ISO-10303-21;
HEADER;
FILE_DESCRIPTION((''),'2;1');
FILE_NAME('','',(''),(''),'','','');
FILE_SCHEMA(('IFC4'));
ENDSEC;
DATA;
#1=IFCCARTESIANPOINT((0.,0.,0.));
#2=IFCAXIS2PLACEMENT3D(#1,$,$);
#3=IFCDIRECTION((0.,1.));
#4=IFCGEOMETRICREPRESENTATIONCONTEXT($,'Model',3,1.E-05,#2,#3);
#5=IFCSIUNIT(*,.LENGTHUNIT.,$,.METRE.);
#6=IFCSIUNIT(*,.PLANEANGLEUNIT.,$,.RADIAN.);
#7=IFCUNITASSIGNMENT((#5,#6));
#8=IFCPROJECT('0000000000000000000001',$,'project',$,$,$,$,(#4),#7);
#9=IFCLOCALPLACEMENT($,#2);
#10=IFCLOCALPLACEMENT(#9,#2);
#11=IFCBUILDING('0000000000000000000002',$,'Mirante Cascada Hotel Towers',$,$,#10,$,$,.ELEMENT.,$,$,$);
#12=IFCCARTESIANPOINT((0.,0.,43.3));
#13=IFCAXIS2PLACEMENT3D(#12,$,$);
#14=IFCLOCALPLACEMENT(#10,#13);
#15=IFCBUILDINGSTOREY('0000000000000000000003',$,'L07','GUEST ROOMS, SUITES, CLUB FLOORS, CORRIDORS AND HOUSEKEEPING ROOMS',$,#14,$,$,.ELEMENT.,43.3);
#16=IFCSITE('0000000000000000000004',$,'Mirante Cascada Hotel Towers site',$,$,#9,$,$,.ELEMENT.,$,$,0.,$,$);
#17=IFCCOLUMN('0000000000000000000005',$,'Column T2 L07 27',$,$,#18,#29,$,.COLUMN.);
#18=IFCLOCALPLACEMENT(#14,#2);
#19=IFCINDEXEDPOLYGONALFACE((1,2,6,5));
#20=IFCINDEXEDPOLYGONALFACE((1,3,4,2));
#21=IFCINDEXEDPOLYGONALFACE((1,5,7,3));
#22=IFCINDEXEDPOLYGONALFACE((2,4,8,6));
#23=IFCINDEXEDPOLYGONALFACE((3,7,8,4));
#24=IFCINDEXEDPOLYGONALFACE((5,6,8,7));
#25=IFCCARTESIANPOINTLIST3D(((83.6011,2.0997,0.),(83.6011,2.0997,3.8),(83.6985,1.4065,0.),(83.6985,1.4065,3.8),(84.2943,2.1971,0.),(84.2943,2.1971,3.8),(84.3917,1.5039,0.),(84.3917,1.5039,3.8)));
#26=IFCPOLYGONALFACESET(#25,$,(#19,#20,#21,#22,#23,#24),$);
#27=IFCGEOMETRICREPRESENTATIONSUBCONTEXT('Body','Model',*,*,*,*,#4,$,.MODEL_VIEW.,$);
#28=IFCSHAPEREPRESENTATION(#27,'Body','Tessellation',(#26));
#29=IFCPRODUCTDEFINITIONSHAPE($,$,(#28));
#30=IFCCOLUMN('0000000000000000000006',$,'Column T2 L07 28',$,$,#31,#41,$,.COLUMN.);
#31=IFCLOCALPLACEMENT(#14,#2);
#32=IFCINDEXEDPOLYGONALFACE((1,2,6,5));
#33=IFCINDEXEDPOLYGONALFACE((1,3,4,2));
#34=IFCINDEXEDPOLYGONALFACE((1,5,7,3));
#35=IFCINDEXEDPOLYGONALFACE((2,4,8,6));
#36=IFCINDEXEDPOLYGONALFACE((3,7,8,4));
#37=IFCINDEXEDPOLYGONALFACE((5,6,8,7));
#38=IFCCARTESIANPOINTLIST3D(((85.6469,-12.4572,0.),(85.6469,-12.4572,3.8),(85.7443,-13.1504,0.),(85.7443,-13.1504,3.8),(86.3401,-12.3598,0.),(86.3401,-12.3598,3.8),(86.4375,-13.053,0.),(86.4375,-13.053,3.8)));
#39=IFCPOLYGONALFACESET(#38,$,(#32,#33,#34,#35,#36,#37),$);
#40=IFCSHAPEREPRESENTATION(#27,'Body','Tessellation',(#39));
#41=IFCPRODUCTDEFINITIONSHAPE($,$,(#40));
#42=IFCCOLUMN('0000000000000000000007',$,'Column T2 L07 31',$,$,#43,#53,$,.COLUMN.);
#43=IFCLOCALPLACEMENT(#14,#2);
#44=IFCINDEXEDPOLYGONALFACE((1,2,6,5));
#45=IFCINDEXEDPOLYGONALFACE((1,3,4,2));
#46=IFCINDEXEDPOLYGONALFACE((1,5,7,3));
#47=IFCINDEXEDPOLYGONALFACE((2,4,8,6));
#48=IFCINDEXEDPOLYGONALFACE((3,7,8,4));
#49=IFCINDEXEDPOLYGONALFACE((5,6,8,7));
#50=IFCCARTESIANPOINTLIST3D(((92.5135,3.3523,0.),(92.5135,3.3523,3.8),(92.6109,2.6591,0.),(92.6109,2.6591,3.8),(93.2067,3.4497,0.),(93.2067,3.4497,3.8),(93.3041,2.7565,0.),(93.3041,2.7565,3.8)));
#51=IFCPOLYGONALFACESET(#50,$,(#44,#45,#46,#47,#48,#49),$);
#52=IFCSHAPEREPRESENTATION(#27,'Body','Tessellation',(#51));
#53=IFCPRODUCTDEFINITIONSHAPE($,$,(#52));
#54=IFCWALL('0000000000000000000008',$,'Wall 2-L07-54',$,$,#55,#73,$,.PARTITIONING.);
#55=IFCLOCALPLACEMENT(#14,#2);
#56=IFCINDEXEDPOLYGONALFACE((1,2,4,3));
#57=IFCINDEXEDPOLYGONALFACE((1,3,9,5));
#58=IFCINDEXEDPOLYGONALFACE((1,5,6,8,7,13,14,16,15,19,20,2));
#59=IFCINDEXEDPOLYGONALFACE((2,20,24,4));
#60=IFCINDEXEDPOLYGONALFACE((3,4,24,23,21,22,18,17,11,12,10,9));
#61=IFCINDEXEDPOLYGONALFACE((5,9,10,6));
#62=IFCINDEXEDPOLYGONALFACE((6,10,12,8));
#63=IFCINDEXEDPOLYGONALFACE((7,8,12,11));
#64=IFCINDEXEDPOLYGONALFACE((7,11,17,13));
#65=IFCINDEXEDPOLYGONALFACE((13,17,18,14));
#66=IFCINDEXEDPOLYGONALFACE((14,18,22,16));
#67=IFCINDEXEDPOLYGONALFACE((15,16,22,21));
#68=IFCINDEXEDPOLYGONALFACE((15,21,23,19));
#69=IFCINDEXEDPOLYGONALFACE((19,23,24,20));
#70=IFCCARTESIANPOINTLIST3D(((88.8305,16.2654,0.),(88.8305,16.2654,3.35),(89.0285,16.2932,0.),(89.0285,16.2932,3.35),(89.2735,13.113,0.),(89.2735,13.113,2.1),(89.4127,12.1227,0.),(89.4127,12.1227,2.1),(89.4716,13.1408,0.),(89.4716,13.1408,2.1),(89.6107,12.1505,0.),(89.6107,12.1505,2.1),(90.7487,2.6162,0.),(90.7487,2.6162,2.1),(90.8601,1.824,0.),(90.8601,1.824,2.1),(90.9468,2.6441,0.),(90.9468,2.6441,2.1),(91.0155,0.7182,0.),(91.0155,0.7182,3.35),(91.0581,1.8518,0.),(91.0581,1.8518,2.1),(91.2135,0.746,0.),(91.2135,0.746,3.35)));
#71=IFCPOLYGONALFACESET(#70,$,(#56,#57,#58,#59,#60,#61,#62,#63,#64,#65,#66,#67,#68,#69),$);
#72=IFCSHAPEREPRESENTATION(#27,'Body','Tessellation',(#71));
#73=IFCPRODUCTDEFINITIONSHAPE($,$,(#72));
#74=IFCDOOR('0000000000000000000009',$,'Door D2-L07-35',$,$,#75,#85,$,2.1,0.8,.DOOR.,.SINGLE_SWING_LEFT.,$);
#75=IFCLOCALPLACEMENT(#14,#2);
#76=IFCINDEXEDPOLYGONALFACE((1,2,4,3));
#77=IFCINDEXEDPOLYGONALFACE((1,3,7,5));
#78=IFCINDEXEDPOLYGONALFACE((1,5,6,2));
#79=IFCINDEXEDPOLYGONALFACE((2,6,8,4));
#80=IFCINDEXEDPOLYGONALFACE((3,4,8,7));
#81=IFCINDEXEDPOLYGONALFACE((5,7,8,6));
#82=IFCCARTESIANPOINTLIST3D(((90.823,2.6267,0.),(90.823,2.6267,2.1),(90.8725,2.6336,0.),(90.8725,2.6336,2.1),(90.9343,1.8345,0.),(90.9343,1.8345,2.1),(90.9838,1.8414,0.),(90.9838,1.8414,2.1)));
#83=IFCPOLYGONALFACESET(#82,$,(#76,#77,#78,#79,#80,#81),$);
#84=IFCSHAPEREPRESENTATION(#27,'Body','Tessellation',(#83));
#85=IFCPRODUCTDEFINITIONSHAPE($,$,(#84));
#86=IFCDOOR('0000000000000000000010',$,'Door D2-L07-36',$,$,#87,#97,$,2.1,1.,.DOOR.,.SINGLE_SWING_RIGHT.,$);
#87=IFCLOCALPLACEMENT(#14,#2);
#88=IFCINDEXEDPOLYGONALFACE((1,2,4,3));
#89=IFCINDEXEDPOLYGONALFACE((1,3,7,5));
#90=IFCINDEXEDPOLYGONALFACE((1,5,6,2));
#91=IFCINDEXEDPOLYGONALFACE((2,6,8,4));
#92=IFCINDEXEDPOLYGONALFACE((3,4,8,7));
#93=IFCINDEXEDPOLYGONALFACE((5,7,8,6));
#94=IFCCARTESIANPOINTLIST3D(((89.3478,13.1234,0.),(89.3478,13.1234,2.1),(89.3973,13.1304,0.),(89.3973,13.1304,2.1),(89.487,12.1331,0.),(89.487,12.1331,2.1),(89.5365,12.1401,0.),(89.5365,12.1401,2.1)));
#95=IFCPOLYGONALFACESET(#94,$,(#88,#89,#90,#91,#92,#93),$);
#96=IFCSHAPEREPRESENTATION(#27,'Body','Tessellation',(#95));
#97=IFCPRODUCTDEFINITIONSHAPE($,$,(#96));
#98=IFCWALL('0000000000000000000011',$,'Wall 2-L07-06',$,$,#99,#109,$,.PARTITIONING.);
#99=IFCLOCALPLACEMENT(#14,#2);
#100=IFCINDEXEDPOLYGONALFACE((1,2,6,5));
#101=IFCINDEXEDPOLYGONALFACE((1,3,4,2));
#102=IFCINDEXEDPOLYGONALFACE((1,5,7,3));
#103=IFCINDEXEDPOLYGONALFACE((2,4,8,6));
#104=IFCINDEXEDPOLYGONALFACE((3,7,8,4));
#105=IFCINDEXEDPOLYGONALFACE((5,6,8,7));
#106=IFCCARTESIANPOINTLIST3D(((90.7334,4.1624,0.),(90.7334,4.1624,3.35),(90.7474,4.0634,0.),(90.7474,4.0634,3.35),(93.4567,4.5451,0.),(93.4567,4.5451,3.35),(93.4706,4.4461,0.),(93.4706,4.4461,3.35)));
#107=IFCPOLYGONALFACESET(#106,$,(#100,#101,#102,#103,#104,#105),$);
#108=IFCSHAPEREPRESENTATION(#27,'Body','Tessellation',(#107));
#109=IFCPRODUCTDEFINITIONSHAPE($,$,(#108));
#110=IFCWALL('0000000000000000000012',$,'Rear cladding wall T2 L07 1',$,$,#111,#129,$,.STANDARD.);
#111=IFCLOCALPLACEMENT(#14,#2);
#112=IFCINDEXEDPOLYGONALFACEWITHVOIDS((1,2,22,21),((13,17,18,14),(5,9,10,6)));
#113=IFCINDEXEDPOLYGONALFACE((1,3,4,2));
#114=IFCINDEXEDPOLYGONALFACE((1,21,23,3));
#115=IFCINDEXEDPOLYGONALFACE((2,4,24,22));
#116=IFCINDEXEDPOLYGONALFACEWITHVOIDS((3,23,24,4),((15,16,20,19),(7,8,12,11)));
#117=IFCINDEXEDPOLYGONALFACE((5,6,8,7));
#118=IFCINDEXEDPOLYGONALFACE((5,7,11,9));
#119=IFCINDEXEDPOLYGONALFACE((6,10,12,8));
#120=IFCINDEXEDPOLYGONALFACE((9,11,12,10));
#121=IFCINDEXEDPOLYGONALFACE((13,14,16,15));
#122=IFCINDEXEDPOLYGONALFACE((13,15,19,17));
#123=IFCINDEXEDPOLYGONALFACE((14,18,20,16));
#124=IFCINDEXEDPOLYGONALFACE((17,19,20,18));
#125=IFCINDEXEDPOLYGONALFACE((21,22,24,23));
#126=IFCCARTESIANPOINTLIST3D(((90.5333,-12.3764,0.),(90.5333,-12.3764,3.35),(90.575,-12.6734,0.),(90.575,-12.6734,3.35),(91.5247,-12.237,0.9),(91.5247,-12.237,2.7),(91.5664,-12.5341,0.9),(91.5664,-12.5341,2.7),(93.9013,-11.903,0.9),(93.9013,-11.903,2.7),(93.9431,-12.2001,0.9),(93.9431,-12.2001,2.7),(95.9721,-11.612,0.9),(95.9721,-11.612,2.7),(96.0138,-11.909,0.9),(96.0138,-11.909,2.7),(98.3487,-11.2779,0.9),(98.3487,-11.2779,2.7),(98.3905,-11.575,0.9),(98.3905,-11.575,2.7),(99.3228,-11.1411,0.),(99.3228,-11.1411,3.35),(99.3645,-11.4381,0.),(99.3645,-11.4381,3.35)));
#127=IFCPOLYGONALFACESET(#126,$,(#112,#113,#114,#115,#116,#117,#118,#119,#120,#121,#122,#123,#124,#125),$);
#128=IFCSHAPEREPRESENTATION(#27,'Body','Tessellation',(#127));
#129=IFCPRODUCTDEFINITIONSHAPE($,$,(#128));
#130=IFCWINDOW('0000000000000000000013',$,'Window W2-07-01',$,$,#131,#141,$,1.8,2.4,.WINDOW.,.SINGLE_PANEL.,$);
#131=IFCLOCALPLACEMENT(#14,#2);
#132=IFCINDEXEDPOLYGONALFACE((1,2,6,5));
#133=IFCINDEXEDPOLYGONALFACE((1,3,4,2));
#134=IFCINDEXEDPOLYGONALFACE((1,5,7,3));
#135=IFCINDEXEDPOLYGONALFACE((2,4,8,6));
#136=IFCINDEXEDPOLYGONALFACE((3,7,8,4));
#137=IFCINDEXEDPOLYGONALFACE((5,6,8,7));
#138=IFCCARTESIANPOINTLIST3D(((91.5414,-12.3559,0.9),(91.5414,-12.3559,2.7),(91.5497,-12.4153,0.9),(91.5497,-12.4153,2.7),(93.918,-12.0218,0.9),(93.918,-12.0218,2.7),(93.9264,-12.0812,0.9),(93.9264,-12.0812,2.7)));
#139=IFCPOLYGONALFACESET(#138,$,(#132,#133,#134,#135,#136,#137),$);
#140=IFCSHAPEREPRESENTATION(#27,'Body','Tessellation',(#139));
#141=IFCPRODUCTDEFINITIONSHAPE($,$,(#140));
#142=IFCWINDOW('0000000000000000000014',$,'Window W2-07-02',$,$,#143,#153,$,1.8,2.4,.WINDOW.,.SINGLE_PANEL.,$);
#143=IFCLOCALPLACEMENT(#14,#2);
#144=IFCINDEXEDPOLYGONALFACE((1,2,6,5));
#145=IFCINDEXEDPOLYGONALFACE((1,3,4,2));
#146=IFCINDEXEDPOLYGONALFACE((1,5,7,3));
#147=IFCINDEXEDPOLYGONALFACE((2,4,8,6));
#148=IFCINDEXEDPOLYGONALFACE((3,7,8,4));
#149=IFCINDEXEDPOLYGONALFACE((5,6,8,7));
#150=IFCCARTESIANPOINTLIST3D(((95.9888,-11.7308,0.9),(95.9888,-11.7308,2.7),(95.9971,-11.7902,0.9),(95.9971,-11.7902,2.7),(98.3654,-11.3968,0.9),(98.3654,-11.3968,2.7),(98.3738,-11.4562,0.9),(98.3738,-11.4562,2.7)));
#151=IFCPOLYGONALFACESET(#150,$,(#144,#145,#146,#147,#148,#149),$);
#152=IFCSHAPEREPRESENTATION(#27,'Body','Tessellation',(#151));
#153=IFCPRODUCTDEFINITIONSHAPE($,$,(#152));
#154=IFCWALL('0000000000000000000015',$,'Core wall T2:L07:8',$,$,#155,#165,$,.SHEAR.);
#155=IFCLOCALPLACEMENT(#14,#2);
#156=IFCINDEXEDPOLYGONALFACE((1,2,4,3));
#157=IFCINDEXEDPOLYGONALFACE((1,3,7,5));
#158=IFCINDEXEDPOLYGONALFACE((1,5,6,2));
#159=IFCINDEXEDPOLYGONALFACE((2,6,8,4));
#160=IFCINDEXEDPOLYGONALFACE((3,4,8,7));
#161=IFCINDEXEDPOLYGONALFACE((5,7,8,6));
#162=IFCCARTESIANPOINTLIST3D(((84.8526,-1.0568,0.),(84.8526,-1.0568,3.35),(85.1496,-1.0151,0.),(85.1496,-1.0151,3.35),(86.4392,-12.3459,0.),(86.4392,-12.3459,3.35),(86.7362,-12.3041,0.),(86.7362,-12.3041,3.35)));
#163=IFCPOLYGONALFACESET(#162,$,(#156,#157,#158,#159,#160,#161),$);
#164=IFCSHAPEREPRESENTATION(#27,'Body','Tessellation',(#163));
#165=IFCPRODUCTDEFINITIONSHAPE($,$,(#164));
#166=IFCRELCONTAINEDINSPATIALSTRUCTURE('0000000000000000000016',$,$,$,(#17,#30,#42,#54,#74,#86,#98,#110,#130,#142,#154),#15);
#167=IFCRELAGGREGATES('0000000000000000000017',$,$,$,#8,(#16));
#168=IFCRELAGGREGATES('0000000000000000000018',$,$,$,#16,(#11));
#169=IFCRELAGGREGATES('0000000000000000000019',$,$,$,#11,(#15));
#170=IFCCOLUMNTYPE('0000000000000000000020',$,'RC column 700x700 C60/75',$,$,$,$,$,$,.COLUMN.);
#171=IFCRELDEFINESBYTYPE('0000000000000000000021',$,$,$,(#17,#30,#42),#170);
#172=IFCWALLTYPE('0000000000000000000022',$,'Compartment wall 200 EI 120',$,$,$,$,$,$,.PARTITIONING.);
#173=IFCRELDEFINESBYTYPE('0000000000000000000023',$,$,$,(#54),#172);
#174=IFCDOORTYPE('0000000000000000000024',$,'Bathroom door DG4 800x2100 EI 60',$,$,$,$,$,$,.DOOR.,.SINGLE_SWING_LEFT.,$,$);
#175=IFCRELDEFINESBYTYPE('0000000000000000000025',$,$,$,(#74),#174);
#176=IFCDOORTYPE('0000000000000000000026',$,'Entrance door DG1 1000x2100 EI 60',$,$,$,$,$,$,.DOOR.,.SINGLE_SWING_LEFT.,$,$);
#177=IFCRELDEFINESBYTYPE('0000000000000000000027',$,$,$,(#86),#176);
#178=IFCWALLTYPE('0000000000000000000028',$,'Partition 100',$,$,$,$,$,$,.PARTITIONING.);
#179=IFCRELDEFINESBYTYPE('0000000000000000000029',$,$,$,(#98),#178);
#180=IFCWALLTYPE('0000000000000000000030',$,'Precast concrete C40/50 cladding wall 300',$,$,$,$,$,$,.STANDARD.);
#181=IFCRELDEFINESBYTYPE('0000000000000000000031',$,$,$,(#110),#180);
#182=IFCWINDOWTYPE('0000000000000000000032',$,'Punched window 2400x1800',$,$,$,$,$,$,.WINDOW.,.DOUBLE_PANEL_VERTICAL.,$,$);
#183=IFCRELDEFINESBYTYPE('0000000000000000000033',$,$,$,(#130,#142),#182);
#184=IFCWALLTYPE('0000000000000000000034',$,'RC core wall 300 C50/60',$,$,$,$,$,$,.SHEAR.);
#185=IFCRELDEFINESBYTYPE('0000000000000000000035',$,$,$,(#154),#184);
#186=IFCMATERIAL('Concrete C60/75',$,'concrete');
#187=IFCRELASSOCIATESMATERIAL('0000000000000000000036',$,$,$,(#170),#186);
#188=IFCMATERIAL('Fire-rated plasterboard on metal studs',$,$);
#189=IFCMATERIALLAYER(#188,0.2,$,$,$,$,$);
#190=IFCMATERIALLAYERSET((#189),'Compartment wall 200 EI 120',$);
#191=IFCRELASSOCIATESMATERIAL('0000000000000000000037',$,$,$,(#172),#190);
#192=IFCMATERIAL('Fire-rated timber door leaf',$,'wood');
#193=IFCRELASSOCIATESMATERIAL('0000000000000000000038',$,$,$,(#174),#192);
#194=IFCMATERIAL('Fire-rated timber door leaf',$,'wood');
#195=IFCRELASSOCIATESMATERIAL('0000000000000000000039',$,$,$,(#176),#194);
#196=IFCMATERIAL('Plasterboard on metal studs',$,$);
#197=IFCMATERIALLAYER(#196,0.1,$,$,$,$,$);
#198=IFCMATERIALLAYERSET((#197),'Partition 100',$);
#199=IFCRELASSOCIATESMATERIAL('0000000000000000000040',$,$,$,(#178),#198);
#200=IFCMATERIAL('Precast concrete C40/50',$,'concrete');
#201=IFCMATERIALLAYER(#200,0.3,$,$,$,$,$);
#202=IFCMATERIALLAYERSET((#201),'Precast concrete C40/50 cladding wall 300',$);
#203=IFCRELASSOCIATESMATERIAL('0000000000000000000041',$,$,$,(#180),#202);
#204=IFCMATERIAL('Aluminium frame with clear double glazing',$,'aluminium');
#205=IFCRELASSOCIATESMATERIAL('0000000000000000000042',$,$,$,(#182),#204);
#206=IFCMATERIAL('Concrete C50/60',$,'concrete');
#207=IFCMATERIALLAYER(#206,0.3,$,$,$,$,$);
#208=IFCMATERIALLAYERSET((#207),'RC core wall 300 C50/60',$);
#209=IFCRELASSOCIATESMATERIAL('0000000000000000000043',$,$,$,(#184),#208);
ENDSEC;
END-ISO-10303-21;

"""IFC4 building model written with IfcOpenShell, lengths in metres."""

from ifc_helpers import new_model, si_unit, direction, frame, frame_2d, origin, origin_2d, place, context, subcontext, project, spatial, rectangle, extrude, material, layer, layer_set, material_profile, profile_set, type_object, element, fill, save


model = new_model("IFC4")

# Units and contexts
model_context = context("Model", 3, precision=1e-05, world=origin(), true_north=direction((0.0, 1.0)))
body_context = subcontext(model_context, "Body", "Model", "MODEL_VIEW")
ifc_project = project(units=[si_unit("LENGTHUNIT", "METRE"), si_unit("PLANEANGLEUNIT", "RADIAN")], contexts=[model_context])

# Site, building, storey
site_placement = place(None, origin())
site = spatial("IfcSite", under=ifc_project, at=site_placement, Name="Mirante Cascada Hotel Towers site", CompositionType="ELEMENT", RefElevation=0.0)
building_placement = place(site_placement, origin())
building = spatial("IfcBuilding", under=site, at=building_placement, Name="Mirante Cascada Hotel Towers", CompositionType="ELEMENT")
storey_placement = place(building_placement, frame((0.0, 0.0, 43.3)))
storey = spatial("IfcBuildingStorey", under=building, at=storey_placement, Name="L07", Description="GUEST ROOMS, SUITES, CLUB FLOORS, CORRIDORS AND HOUSEKEEPING ROOMS", CompositionType="ELEMENT", Elevation=43.3)

# Columns
ifc_material_1 = material(Name="Concrete C60/75", Category="concrete")
ifc_material_profile = material_profile(ifc_material_1, rectangle(XDim=0.7, YDim=0.7, at=origin_2d()), Name="RC column 700x700 C60/75")
ifc_profile_set = profile_set([ifc_material_profile], Name="Concrete C60/75")
column_type = type_object("IfcColumnType", Name="RC column 700x700 C60/75", PredefinedType="COLUMN", material=ifc_profile_set)
for number, where, z_axis, x_axis, name in (
    (1, (83.9964, 1.8018, 0.0), (0.0, 0.0, 1.0), (0.990268, 0.139173, 0.0), "Column T2 L07 27"),
    (2, (86.0422, -12.7551, 0.0), (0.0, 0.0, 1.0), (0.990268, 0.139173, 0.0), "Column T2 L07 28"),
    (3, (92.9088, 3.0544, 0.0), (0.0, 0.0, 1.0), (0.990268, 0.139173, 0.0), "Column T2 L07 31"),
):
    element("IfcColumn", number, at=place(storey_placement, frame(where, z_axis=z_axis, x_axis=x_axis)), inside=storey, type_object=column_type, Name=name, PredefinedType="COLUMN", context=body_context, shape_type="SweptSolid", body=[
        extrude(rectangle(XDim=0.7, YDim=0.7, at=origin_2d()), origin(), (0.0, 0.0, 1.0), 3.8),
    ])

# Wall, openings, doors
ifc_material_2 = material(Name="Fire-rated plasterboard on metal studs")
ifc_layer_1 = layer(ifc_material_2, 0.2)
ifc_layer_set_1 = layer_set([ifc_layer_1], Name="Compartment wall 200 EI 120")
wall_type_1 = type_object("IfcWallType", Name="Compartment wall 200 EI 120", PredefinedType="PARTITIONING", material=ifc_layer_set_1)
wall_1_placement = place(storey_placement, frame((91.1145, 0.7321, 0.0), z_axis=(0.0, 0.0, 1.0), x_axis=(-0.139172, 0.990268, 0.0)))
wall_1 = element("IfcWall", 4, at=wall_1_placement, inside=storey, type_object=wall_type_1, Name="Wall 2-L07-54", PredefinedType="PARTITIONING", context=body_context, shape_type="SweptSolid", body=[
    extrude(rectangle(XDim=15.7, YDim=0.2, at=frame_2d((7.85, 0.0))), origin(), (0.0, 0.0, 1.0), 3.35),
])
opening_1_placement = place(wall_1_placement, frame((1.1167, 0.0, 0.0)))
opening_1 = element("IfcOpeningElement", 5, at=opening_1_placement, cuts=wall_1, PredefinedType="OPENING", context=body_context, shape_type="SweptSolid", body=[
    extrude(rectangle(XDim=0.8, YDim=2.1, at=frame_2d((0.4, 1.05))), frame((0.0, 0.1, 0.0), z_axis=(0.0, -1.0, 0.0), x_axis=(1.0, 0.0, 0.0)), (0.0, 0.0, 1.0), 0.2),
])
opening_2_placement = place(wall_1_placement, frame((11.5166, 0.0, 0.0)))
opening_2 = element("IfcOpeningElement", 6, at=opening_2_placement, cuts=wall_1, PredefinedType="OPENING", context=body_context, shape_type="SweptSolid", body=[
    extrude(rectangle(XDim=1.0, YDim=2.1, at=frame_2d((0.5, 1.05))), frame((0.0, 0.1, 0.0), z_axis=(0.0, -1.0, 0.0), x_axis=(1.0, 0.0, 0.0)), (0.0, 0.0, 1.0), 0.2),
])
ifc_material_3 = material(Name="Fire-rated timber door leaf", Category="wood")
door_type_1 = type_object("IfcDoorType", Name="Bathroom door DG4 800x2100 EI 60", OperationType="SINGLE_SWING_LEFT", PredefinedType="DOOR", material=ifc_material_3)
door_1_placement = place(opening_1_placement, origin())
door_1 = element("IfcDoor", 7, at=door_1_placement, inside=storey, type_object=door_type_1, Name="Door D2-L07-35", OperationType="SINGLE_SWING_LEFT", OverallHeight=2.1, OverallWidth=0.8, PredefinedType="DOOR", context=body_context, shape_type="SweptSolid", body=[
    extrude(rectangle(XDim=0.8, YDim=2.1, at=frame_2d((0.4, 1.05))), frame((0.0, 0.025, 0.0), z_axis=(0.0, -1.0, 0.0), x_axis=(1.0, 0.0, 0.0)), (0.0, 0.0, 1.0), 0.05),
])
fill(opening_1, door_1)
ifc_material_4 = material(Name="Fire-rated timber door leaf", Category="wood")
door_type_2 = type_object("IfcDoorType", Name="Entrance door DG1 1000x2100 EI 60", OperationType="SINGLE_SWING_LEFT", PredefinedType="DOOR", material=ifc_material_4)
door_2_placement = place(opening_2_placement, frame((1.0, 0.0, 0.0), z_axis=(0.0, 0.0, 1.0), x_axis=(-1.0, 0.0, 0.0)))
door_2 = element("IfcDoor", 8, at=door_2_placement, inside=storey, type_object=door_type_2, Name="Door D2-L07-36", OperationType="SINGLE_SWING_RIGHT", OverallHeight=2.1, OverallWidth=1.0, PredefinedType="DOOR", context=body_context, shape_type="SweptSolid", body=[
    extrude(rectangle(XDim=1.0, YDim=2.1, at=frame_2d((0.5, 1.05))), frame((0.0, 0.025, 0.0), z_axis=(0.0, -1.0, 0.0), x_axis=(1.0, 0.0, 0.0)), (0.0, 0.0, 1.0), 0.05),
])
fill(opening_2, door_2)

# Wall
ifc_material_5 = material(Name="Plasterboard on metal studs")
ifc_layer_2 = layer(ifc_material_5, 0.1)
ifc_layer_set_2 = layer_set([ifc_layer_2], Name="Partition 100")
wall_type_2 = type_object("IfcWallType", Name="Partition 100", PredefinedType="PARTITIONING", material=ifc_layer_set_2)
wall_2_placement = place(storey_placement, frame((90.7404, 4.1129, 0.0), z_axis=(0.0, 0.0, 1.0), x_axis=(0.990269, 0.139166, 0.0)))
element("IfcWall", 9, at=wall_2_placement, inside=storey, type_object=wall_type_2, Name="Wall 2-L07-06", PredefinedType="PARTITIONING", context=body_context, shape_type="SweptSolid", body=[
    extrude(rectangle(XDim=2.75, YDim=0.1, at=frame_2d((1.375, 0.0))), origin(), (0.0, 0.0, 1.0), 3.35),
])

# Wall, openings, windows
ifc_material_6 = material(Name="Precast concrete C40/50", Category="concrete")
ifc_layer_3 = layer(ifc_material_6, 0.3)
ifc_layer_set_3 = layer_set([ifc_layer_3], Name="Precast concrete C40/50 cladding wall 300")
wall_type_3 = type_object("IfcWallType", Name="Precast concrete C40/50 cladding wall 300", PredefinedType="STANDARD", material=ifc_layer_set_3)
wall_3_placement = place(storey_placement, frame((90.5541, -12.5249, 0.0), z_axis=(0.0, 0.0, 1.0), x_axis=(0.990268, 0.139175, 0.0)))
wall_3 = element("IfcWall", 10, at=wall_3_placement, inside=storey, type_object=wall_type_3, Name="Rear cladding wall T2 L07 1", PredefinedType="STANDARD", context=body_context, shape_type="SweptSolid", body=[
    extrude(rectangle(XDim=8.8759, YDim=0.3, at=frame_2d((4.438, 0.0))), origin(), (0.0, 0.0, 1.0), 3.35),
])
opening_3_placement = place(wall_3_placement, frame((1.0012, 0.0, 0.9)))
opening_3 = element("IfcOpeningElement", 11, at=opening_3_placement, cuts=wall_3, PredefinedType="OPENING", context=body_context, shape_type="SweptSolid", body=[
    extrude(rectangle(XDim=2.4, YDim=1.8, at=frame_2d((1.2, 0.9))), frame((0.0, 0.15, 0.0), z_axis=(0.0, -1.0, 0.0), x_axis=(1.0, 0.0, 0.0)), (0.0, 0.0, 1.0), 0.3),
])
opening_4_placement = place(wall_3_placement, frame((5.4923, 0.0, 0.9)))
opening_4 = element("IfcOpeningElement", 12, at=opening_4_placement, cuts=wall_3, PredefinedType="OPENING", context=body_context, shape_type="SweptSolid", body=[
    extrude(rectangle(XDim=2.4, YDim=1.8, at=frame_2d((1.2, 0.9))), frame((0.0, 0.15, 0.0), z_axis=(0.0, -1.0, 0.0), x_axis=(1.0, 0.0, 0.0)), (0.0, 0.0, 1.0), 0.3),
])
ifc_material_7 = material(Name="Aluminium frame with clear double glazing", Category="aluminium")
window_type = type_object("IfcWindowType", Name="Punched window 2400x1800", PartitioningType="DOUBLE_PANEL_VERTICAL", PredefinedType="WINDOW", material=ifc_material_7)
window_1_placement = place(opening_3_placement, origin())
window_1 = element("IfcWindow", 13, at=window_1_placement, inside=storey, type_object=window_type, Name="Window W2-07-01", OverallHeight=1.8, OverallWidth=2.4, PartitioningType="SINGLE_PANEL", PredefinedType="WINDOW", context=body_context, shape_type="SweptSolid", body=[
    extrude(rectangle(XDim=2.4, YDim=1.8, at=frame_2d((1.2, 0.9))), frame((0.0, 0.03, 0.0), z_axis=(0.0, -1.0, 0.0), x_axis=(1.0, 0.0, 0.0)), (0.0, 0.0, 1.0), 0.06),
])
fill(opening_3, window_1)
window_2_placement = place(opening_4_placement, origin())
window_2 = element("IfcWindow", 14, at=window_2_placement, inside=storey, type_object=window_type, Name="Window W2-07-02", OverallHeight=1.8, OverallWidth=2.4, PartitioningType="SINGLE_PANEL", PredefinedType="WINDOW", context=body_context, shape_type="SweptSolid", body=[
    extrude(rectangle(XDim=2.4, YDim=1.8, at=frame_2d((1.2, 0.9))), frame((0.0, 0.03, 0.0), z_axis=(0.0, -1.0, 0.0), x_axis=(1.0, 0.0, 0.0)), (0.0, 0.0, 1.0), 0.06),
])
fill(opening_4, window_2)

# Wall
ifc_material_8 = material(Name="Concrete C50/60", Category="concrete")
ifc_layer_4 = layer(ifc_material_8, 0.3)
ifc_layer_set_4 = layer_set([ifc_layer_4], Name="RC core wall 300 C50/60")
wall_type_4 = type_object("IfcWallType", Name="RC core wall 300 C50/60", PredefinedType="SHEAR", material=ifc_layer_set_4)
wall_4_placement = place(storey_placement, frame((86.5877, -12.325, 0.0), z_axis=(0.0, 0.0, 1.0), x_axis=(-0.139175, 0.990268, 0.0)))
element("IfcWall", 15, at=wall_4_placement, inside=storey, type_object=wall_type_4, Name="Core wall T2:L07:8", PredefinedType="SHEAR", context=body_context, shape_type="SweptSolid", body=[
    extrude(rectangle(XDim=11.4, YDim=0.3, at=frame_2d((5.7, 0.0))), origin(), (0.0, 0.0, 1.0), 3.35),
])

save(model, "model.ifc")
